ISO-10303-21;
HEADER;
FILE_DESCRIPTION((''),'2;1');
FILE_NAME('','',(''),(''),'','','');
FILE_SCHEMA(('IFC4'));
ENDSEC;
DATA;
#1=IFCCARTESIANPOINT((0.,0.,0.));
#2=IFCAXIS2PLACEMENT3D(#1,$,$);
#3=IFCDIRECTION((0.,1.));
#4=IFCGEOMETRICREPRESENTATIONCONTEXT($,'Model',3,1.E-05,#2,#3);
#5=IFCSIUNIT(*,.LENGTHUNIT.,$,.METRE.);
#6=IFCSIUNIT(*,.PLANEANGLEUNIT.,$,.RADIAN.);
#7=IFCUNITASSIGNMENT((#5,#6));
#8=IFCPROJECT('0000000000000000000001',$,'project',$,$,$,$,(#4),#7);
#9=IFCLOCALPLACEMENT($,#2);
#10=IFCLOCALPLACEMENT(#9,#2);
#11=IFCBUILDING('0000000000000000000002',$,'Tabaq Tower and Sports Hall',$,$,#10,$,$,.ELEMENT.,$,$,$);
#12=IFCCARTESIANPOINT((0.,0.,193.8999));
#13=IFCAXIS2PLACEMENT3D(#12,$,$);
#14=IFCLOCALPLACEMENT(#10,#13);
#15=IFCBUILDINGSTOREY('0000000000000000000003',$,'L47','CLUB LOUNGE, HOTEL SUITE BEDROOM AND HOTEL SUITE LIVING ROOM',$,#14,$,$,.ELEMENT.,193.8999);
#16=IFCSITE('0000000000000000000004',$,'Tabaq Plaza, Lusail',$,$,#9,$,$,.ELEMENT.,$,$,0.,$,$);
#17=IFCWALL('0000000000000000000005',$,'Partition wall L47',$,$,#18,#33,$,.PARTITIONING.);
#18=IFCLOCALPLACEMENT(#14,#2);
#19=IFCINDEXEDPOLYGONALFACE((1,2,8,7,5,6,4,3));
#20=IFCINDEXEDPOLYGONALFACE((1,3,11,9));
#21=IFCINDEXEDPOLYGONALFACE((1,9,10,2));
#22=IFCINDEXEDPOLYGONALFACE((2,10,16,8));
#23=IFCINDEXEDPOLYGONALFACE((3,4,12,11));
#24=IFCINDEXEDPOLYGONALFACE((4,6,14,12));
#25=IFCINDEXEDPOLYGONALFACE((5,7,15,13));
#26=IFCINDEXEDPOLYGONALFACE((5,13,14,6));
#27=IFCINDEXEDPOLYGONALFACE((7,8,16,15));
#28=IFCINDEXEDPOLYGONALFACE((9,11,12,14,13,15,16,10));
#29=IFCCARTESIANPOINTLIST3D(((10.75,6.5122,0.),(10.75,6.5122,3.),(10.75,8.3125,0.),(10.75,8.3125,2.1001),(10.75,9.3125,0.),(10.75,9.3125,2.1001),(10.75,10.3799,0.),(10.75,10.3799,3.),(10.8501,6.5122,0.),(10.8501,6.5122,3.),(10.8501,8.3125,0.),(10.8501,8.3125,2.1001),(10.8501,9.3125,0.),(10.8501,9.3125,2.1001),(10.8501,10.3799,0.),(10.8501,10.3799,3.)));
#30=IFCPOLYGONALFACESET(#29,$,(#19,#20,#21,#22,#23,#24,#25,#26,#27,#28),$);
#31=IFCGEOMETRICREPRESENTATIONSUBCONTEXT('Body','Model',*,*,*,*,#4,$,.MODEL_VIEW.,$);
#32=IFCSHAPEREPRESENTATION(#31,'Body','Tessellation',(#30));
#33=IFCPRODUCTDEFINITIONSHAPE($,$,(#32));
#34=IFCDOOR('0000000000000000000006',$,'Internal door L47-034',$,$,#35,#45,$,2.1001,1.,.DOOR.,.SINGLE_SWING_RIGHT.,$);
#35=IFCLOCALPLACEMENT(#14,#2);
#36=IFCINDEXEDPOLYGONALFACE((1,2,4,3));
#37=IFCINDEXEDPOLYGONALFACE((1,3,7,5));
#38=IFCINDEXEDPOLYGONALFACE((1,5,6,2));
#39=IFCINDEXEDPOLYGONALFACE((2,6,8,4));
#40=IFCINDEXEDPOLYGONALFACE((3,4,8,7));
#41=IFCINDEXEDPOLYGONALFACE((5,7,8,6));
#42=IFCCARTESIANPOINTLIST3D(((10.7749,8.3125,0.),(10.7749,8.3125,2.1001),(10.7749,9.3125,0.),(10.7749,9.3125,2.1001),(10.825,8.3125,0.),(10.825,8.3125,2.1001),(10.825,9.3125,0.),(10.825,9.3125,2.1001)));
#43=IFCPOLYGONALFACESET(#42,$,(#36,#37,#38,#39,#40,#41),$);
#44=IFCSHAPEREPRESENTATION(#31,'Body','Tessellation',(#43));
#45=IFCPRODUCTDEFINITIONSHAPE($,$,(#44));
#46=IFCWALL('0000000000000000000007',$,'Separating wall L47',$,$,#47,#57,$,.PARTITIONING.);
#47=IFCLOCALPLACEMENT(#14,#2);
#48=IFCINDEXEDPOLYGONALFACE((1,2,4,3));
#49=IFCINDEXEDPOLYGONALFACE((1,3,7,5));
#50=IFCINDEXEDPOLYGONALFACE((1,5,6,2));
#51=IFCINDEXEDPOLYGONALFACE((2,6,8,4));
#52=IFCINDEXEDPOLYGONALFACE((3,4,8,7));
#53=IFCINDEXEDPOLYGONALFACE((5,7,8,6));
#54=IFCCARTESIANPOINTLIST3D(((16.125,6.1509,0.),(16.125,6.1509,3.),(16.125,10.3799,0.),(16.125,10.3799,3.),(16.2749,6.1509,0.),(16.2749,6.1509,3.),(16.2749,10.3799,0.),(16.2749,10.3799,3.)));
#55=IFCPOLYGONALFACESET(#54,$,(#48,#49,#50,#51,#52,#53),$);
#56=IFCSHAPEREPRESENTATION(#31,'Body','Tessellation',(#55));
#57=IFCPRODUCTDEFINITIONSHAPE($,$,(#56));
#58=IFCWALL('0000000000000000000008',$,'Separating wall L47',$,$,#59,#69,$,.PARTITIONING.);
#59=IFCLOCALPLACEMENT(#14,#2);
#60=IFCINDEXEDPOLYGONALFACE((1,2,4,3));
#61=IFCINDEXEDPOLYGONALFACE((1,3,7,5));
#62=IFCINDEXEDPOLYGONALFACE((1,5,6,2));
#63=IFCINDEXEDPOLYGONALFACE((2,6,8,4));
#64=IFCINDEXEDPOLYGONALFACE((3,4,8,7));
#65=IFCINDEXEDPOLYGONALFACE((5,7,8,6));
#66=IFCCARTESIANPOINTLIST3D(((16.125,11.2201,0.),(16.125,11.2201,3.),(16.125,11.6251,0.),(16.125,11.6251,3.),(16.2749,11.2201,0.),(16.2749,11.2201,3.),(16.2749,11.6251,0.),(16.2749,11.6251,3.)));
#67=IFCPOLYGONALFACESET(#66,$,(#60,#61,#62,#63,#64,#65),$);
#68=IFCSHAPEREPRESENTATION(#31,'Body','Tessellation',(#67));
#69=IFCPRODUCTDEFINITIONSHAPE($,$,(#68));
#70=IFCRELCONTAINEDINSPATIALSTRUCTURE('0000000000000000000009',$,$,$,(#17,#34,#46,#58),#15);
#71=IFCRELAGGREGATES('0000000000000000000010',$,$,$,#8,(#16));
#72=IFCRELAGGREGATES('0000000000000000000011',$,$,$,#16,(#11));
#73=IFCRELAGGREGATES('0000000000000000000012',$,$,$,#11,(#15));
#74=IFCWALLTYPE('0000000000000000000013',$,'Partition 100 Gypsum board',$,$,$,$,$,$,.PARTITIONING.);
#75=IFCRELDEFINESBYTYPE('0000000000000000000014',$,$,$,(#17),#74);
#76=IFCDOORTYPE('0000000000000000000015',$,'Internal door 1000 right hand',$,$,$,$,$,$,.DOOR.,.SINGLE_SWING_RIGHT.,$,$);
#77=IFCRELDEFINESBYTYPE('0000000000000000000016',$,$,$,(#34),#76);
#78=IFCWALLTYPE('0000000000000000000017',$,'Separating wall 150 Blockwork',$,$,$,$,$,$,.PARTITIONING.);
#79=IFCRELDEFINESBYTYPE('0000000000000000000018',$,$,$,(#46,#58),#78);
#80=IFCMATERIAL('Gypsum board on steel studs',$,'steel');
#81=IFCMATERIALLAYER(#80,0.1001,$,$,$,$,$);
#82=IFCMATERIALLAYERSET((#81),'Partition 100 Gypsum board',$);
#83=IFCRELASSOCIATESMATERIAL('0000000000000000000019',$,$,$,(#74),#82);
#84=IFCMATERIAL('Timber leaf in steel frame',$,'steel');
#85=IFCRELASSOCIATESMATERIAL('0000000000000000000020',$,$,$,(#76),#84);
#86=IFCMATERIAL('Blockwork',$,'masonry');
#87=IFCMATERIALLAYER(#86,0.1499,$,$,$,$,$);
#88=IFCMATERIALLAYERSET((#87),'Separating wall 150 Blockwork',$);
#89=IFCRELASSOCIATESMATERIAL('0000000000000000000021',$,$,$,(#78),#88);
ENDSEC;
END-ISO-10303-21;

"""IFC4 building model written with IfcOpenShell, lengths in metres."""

from ifc_helpers import new_model, si_unit, direction, frame, frame_2d, origin, place, context, subcontext, project, spatial, rectangle, extrude, material, layer, layer_set, type_object, element, fill, save


model = new_model("IFC4")

# Units and contexts
model_context = context("Model", 3, precision=1e-05, world=origin(), true_north=direction((0.0, 1.0)))
body_context = subcontext(model_context, "Body", "Model", "MODEL_VIEW")
ifc_project = project(units=[si_unit("LENGTHUNIT", "METRE"), si_unit("PLANEANGLEUNIT", "RADIAN")], contexts=[model_context])

# Site, building, storey
site_placement = place(None, origin())
site = spatial("IfcSite", under=ifc_project, at=site_placement, Name="Tabaq Plaza, Lusail", CompositionType="ELEMENT", RefElevation=0.0)
building_placement = place(site_placement, origin())
building = spatial("IfcBuilding", under=site, at=building_placement, Name="Tabaq Tower and Sports Hall", CompositionType="ELEMENT")
storey_placement = place(building_placement, frame((0.0, 0.0, 193.8999)))
storey = spatial("IfcBuildingStorey", under=building, at=storey_placement, Name="L47", Description="CLUB LOUNGE, HOTEL SUITE BEDROOM AND HOTEL SUITE LIVING ROOM", CompositionType="ELEMENT", Elevation=193.8999)

# Shared definitions
ifc_material_1 = material(Name="Gypsum board on steel studs", Category="steel")
ifc_layer_1 = layer(ifc_material_1, 0.1001)
ifc_layer_set_1 = layer_set([ifc_layer_1], Name="Partition 100 Gypsum board")
wall_type_1 = type_object("IfcWallType", Name="Partition 100 Gypsum board", PredefinedType="PARTITIONING", material=ifc_layer_set_1)

# Wall, opening, door
wall_1_placement = place(storey_placement, frame((10.8, 10.3799, 0.0), z_axis=(0.0, 0.0, 1.0), x_axis=(0.0, -1.0, 0.0)))
wall_1 = element("IfcWall", 1, at=wall_1_placement, inside=storey, type_object=wall_type_1, Name="Partition wall L47", PredefinedType="PARTITIONING", context=body_context, shape_type="SweptSolid", body=[
    extrude(rectangle(XDim=3.8677, YDim=0.1001, at=frame_2d((1.9338, 0.0))), origin(), (0.0, 0.0, 1.0), 3.0),
])
opening_1_placement = place(wall_1_placement, frame((1.0674, 0.0, 0.0)))
opening_1 = element("IfcOpeningElement", 2, at=opening_1_placement, cuts=wall_1, PredefinedType="OPENING", context=body_context, shape_type="SweptSolid", body=[
    extrude(rectangle(XDim=1.0, YDim=2.1001, at=frame_2d((0.5, 1.05))), frame((0.0, 0.05, 0.0), z_axis=(0.0, -1.0, 0.0), x_axis=(1.0, 0.0, 0.0)), (0.0, 0.0, 1.0), 0.1001),
])
ifc_material_2 = material(Name="Timber leaf in steel frame", Category="steel")
door_type_1 = type_object("IfcDoorType", Name="Internal door 1000 right hand", OperationType="SINGLE_SWING_RIGHT", PredefinedType="DOOR", material=ifc_material_2)
door_1_placement = place(opening_1_placement, origin())
door_1 = element("IfcDoor", 3, at=door_1_placement, inside=storey, type_object=door_type_1, Name="Internal door L47-034", OperationType="SINGLE_SWING_RIGHT", OverallHeight=2.1001, OverallWidth=1.0, PredefinedType="DOOR", context=body_context, shape_type="SweptSolid", body=[
    extrude(rectangle(XDim=1.0, YDim=2.1001, at=frame_2d((0.5, 1.05))), frame((0.0, 0.0249, 0.0), z_axis=(0.0, -1.0, 0.0), x_axis=(1.0, 0.0, 0.0)), (0.0, 0.0, 1.0), 0.05),
])
fill(opening_1, door_1)

# Walls
ifc_material_3 = material(Name="Blockwork", Category="masonry")
ifc_layer_2 = layer(ifc_material_3, 0.1499)
ifc_layer_set_2 = layer_set([ifc_layer_2], Name="Separating wall 150 Blockwork")
wall_type_2 = type_object("IfcWallType", Name="Separating wall 150 Blockwork", PredefinedType="PARTITIONING", material=ifc_layer_set_2)
wall_2_placement = place(storey_placement, frame((16.2, 6.1509, 0.0), z_axis=(0.0, 0.0, 1.0), x_axis=(0.0, 1.0, 0.0)))
element("IfcWall", 4, at=wall_2_placement, inside=storey, type_object=wall_type_2, Name="Separating wall L47", PredefinedType="PARTITIONING", context=body_context, shape_type="SweptSolid", body=[
    extrude(rectangle(XDim=4.229, YDim=0.1499, at=frame_2d((2.1145, 0.0))), origin(), (0.0, 0.0, 1.0), 3.0),
])
wall_3_placement = place(storey_placement, frame((16.2, 11.22, 0.0), z_axis=(0.0, 0.0, 1.0), x_axis=(0.0, 1.0, 0.0)))
element("IfcWall", 5, at=wall_3_placement, inside=storey, type_object=wall_type_2, Name="Separating wall L47", PredefinedType="PARTITIONING", context=body_context, shape_type="SweptSolid", body=[
    extrude(rectangle(XDim=0.405, YDim=0.1499, at=frame_2d((0.2026, 0.0))), origin(), (0.0, 0.0, 1.0), 3.0),
])

save(model, "model.ifc")
